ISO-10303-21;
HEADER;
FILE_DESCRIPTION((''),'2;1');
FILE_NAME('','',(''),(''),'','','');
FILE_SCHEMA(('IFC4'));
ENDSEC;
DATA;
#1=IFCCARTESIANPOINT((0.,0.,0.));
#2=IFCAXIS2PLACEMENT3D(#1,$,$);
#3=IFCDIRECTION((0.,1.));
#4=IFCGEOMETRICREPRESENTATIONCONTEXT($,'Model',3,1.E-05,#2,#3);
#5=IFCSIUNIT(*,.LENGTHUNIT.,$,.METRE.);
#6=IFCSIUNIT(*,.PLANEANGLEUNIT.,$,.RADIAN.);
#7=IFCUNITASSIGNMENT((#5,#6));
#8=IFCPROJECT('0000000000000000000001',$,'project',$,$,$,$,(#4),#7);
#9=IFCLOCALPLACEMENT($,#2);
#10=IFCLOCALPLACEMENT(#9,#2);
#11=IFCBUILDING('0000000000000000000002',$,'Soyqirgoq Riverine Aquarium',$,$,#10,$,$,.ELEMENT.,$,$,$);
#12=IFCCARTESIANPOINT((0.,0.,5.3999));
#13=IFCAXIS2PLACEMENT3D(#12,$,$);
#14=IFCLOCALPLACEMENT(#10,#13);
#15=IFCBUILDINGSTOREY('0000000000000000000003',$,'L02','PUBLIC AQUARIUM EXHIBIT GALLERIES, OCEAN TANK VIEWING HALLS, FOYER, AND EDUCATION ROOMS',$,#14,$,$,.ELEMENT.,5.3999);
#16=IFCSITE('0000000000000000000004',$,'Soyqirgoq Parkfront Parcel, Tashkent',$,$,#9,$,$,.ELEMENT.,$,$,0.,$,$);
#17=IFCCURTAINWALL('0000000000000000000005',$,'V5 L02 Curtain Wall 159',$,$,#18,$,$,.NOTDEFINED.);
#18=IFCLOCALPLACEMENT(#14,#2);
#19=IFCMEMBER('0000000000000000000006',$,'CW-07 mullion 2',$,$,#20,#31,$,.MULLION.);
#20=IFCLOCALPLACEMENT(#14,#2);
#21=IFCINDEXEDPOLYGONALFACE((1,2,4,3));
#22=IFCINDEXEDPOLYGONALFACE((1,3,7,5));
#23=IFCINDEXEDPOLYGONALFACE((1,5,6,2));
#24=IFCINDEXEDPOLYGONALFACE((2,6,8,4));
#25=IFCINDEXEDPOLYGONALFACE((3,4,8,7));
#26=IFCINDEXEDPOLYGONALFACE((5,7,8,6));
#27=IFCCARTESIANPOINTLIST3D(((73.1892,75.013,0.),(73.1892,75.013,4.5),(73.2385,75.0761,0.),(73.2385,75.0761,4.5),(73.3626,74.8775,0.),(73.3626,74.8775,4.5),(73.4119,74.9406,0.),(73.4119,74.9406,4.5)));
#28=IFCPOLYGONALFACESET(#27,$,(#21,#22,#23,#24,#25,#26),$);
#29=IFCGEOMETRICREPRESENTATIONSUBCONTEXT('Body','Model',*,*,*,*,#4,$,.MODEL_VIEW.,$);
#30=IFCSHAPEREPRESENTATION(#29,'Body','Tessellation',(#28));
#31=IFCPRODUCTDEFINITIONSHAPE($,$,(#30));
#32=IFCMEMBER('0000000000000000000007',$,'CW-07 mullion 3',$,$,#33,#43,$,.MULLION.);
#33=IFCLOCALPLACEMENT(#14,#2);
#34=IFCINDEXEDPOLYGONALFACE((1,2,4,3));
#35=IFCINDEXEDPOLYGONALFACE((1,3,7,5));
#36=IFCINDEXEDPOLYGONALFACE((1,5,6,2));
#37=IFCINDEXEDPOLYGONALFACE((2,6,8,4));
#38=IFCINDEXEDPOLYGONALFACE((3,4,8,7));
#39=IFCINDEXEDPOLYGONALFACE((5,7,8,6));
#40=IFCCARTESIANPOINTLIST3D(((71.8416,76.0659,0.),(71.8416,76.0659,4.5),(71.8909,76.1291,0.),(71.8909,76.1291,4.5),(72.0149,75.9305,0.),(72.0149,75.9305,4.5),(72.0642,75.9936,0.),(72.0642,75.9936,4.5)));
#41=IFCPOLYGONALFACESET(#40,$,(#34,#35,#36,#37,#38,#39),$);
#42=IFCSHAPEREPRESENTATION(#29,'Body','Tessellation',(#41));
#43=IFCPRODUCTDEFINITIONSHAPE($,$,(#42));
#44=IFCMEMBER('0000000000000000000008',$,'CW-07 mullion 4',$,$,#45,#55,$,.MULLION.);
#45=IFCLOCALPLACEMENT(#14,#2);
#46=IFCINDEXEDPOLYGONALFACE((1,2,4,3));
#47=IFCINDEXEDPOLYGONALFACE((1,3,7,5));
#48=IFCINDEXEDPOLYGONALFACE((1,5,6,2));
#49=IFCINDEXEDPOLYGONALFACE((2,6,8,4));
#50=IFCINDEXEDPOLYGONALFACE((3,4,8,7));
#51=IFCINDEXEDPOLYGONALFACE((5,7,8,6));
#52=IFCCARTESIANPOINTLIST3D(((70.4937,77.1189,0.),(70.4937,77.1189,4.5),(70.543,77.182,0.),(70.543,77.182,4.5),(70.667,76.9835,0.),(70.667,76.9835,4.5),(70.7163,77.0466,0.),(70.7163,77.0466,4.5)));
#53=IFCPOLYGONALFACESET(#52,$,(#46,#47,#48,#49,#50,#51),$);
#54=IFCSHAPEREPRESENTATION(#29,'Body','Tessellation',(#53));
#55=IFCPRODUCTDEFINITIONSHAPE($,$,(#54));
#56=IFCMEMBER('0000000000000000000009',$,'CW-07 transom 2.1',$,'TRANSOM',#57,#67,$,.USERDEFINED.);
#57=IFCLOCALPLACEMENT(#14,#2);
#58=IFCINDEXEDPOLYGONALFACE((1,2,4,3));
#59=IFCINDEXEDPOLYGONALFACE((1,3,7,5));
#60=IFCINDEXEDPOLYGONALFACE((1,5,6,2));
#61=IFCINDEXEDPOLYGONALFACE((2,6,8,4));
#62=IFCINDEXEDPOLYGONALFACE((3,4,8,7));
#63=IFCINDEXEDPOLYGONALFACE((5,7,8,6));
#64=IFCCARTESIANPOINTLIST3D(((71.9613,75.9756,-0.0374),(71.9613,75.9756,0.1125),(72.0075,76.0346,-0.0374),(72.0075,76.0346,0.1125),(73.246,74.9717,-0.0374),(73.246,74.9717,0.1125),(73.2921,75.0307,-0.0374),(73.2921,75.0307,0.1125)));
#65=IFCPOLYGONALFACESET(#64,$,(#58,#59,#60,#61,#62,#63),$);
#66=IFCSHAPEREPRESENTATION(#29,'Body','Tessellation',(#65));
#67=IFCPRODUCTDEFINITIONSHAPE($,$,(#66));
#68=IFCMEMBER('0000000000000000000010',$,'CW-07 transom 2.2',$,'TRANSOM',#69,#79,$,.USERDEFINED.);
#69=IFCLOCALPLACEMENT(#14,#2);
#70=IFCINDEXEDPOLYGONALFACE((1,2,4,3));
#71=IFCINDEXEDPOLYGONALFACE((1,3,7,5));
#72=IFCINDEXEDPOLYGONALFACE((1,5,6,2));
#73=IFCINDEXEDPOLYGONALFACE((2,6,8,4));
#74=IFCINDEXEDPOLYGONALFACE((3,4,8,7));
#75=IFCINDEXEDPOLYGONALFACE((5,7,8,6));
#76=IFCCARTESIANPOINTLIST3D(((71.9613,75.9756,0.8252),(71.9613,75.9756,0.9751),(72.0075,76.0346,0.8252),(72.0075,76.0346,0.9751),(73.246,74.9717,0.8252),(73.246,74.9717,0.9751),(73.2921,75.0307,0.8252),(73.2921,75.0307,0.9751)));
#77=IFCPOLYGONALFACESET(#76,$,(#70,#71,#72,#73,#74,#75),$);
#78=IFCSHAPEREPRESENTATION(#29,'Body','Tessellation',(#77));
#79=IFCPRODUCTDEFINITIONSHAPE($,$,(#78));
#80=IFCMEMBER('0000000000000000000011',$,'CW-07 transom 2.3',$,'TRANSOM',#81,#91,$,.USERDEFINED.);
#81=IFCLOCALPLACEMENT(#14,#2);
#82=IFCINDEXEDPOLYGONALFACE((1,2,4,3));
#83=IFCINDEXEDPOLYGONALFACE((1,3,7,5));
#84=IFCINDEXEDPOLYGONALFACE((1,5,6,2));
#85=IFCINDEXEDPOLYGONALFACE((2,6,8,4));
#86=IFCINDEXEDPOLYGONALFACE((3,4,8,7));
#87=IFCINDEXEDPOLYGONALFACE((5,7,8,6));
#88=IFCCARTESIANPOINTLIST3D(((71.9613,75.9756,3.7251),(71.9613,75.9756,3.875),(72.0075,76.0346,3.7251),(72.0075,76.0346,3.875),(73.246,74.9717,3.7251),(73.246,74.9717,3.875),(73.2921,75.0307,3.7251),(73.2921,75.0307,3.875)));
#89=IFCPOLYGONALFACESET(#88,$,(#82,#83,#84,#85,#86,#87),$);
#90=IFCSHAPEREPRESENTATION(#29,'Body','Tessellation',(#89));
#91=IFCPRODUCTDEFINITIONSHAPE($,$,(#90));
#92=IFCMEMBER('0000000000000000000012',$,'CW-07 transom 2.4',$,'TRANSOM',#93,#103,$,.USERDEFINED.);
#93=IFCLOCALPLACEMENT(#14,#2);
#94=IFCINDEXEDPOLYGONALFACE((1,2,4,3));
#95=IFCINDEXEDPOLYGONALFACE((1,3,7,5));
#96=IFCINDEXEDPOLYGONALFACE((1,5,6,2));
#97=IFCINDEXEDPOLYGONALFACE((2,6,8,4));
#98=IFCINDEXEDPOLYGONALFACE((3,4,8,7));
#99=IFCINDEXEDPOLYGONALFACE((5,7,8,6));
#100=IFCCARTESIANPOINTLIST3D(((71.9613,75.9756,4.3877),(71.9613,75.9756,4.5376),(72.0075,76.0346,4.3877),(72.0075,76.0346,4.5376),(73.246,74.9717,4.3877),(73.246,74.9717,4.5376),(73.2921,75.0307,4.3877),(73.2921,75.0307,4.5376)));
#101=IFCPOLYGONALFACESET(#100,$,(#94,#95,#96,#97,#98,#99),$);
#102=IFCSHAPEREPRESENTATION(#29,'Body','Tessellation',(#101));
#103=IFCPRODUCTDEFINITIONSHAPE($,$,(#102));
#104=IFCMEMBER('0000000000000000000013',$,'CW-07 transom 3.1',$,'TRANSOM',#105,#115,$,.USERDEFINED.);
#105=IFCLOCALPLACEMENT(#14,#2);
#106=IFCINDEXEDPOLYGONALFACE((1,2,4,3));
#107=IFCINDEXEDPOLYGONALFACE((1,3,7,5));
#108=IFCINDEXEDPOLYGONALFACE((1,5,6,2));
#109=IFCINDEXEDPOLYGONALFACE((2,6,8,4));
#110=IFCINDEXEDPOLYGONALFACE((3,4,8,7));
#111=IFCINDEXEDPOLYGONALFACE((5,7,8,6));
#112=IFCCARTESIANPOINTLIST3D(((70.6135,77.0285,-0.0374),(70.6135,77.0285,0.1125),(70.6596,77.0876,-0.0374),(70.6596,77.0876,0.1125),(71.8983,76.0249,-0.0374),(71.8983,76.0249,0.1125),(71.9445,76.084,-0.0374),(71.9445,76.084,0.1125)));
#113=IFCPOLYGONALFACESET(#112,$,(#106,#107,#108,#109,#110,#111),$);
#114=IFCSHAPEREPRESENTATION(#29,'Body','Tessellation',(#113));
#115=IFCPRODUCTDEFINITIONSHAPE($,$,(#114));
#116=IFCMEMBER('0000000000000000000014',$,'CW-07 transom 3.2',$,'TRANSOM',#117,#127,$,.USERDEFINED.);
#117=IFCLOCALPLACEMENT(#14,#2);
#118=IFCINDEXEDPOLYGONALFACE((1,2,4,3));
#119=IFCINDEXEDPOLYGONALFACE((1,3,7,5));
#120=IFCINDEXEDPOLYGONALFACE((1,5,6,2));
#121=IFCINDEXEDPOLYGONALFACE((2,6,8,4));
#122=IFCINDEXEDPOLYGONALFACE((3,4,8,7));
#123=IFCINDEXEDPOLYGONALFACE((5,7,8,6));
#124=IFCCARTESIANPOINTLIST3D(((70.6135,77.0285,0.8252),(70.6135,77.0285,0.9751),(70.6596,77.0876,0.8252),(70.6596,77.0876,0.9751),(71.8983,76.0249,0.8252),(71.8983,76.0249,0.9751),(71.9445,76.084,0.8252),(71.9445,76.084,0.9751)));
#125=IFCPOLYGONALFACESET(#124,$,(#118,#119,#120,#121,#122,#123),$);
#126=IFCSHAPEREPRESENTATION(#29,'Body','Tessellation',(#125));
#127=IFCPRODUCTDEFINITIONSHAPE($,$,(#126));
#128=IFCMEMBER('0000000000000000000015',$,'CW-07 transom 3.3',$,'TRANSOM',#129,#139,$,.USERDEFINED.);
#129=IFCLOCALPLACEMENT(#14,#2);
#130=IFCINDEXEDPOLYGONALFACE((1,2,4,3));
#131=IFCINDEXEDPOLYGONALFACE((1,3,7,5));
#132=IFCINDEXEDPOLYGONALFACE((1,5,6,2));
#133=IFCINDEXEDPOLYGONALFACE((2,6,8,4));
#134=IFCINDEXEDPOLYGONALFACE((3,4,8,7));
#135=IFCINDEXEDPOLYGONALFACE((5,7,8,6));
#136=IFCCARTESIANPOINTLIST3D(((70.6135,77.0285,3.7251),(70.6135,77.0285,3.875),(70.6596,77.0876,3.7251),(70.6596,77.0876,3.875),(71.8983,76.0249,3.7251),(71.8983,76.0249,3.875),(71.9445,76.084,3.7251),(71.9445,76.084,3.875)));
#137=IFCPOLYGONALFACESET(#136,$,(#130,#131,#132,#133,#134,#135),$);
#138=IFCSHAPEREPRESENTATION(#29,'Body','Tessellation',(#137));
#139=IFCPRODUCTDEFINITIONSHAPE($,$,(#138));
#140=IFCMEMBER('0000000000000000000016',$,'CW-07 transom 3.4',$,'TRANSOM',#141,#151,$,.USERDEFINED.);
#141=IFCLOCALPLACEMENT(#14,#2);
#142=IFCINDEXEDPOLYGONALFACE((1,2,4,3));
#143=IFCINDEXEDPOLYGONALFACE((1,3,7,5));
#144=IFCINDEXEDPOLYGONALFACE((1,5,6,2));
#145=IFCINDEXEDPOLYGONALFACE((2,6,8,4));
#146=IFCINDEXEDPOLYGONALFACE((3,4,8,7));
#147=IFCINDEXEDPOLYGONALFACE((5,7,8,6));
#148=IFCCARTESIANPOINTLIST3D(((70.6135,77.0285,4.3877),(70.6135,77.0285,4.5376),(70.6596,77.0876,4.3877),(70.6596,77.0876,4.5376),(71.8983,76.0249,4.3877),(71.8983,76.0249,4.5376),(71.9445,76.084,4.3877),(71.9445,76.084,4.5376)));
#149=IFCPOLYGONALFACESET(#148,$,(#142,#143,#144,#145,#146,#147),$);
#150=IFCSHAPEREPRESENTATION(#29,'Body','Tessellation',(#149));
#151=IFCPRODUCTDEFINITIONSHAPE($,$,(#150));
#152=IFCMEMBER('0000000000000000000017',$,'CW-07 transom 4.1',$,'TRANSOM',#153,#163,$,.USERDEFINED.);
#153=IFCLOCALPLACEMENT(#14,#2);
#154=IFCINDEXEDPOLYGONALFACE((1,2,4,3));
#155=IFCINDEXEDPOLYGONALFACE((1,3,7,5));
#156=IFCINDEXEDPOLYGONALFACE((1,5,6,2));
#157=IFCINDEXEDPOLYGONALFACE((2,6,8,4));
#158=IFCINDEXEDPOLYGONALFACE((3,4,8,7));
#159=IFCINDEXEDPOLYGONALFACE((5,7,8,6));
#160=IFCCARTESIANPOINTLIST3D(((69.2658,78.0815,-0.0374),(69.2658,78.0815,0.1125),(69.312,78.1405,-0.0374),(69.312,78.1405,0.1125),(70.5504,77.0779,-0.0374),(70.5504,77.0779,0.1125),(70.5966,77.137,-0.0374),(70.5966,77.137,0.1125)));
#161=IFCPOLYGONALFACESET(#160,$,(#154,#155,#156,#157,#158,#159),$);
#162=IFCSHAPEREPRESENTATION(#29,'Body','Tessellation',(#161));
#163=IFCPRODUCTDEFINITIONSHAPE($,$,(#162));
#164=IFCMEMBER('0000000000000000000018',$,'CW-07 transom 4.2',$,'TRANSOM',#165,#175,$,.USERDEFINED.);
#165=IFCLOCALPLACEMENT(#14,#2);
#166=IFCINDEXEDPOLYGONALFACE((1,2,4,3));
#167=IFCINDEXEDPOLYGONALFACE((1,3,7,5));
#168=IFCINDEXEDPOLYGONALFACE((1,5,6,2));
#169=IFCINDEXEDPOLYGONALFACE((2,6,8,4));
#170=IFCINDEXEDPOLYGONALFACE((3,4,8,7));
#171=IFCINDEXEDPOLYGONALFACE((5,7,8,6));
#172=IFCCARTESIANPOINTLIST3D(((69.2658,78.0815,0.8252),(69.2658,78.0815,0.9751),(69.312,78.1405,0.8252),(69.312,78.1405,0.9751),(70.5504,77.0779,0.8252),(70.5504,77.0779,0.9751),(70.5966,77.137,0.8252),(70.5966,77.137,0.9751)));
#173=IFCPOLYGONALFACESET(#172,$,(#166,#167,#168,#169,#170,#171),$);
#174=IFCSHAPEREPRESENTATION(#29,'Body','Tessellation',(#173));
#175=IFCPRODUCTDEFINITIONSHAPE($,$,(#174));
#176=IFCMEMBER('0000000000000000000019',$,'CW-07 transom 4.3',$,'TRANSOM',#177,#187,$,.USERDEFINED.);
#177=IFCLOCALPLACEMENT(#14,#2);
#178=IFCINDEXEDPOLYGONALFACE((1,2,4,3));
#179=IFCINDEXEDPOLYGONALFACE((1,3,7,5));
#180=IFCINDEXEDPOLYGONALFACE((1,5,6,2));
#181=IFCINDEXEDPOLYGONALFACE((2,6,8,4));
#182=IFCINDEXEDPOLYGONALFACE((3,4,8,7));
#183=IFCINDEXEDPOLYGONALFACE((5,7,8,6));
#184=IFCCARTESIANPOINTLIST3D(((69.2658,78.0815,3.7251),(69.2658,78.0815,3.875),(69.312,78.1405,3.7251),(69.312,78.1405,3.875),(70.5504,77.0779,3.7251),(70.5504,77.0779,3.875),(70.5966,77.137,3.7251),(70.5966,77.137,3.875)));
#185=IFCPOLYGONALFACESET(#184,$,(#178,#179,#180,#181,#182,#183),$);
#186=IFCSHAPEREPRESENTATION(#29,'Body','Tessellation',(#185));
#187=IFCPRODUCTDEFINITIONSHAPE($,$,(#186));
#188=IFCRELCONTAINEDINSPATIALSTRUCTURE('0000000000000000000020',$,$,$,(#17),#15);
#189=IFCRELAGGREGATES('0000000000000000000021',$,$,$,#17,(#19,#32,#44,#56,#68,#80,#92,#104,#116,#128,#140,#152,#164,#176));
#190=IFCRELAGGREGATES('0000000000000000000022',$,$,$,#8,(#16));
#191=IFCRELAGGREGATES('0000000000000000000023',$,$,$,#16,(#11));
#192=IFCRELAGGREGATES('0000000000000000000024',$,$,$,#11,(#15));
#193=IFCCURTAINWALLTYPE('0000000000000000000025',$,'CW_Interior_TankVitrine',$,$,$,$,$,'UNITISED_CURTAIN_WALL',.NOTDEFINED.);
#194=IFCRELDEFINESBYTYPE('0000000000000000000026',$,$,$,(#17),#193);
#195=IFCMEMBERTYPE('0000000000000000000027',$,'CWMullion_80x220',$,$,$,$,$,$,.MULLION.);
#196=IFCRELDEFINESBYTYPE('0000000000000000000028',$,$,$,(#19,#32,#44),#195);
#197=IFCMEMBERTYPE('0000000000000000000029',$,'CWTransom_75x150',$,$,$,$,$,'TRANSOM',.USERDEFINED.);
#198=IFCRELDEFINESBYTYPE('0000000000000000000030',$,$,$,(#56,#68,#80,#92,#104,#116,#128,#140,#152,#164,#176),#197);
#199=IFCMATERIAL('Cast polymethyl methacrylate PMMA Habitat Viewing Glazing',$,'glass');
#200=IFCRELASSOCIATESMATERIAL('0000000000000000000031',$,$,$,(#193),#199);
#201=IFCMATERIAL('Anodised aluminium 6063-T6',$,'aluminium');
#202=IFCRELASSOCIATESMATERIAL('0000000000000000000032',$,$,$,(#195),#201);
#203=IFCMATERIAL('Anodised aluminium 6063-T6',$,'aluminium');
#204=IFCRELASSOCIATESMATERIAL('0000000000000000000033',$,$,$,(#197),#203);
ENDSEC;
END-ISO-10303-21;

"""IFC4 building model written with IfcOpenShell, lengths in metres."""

from ifc_helpers import new_model, si_unit, direction, frame, origin, origin_2d, place, context, subcontext, project, spatial, rectangle, extrude, material, material_profile, profile_set, type_object, element, aggregate, save


model = new_model("IFC4")

# Units and contexts
model_context = context("Model", 3, precision=1e-05, world=origin(), true_north=direction((0.0, 1.0)))
body_context = subcontext(model_context, "Body", "Model", "MODEL_VIEW")
ifc_project = project(units=[si_unit("LENGTHUNIT", "METRE"), si_unit("PLANEANGLEUNIT", "RADIAN")], contexts=[model_context])

# Site, building, storey
site_placement = place(None, origin())
site = spatial("IfcSite", under=ifc_project, at=site_placement, Name="Soyqirgoq Parkfront Parcel, Tashkent", CompositionType="ELEMENT", RefElevation=0.0)
building_placement = place(site_placement, origin())
building = spatial("IfcBuilding", under=site, at=building_placement, Name="Soyqirgoq Riverine Aquarium", CompositionType="ELEMENT")
storey_placement = place(building_placement, frame((0.0, 0.0, 5.3999)))
storey = spatial("IfcBuildingStorey", under=building, at=storey_placement, Name="L02", Description="PUBLIC AQUARIUM EXHIBIT GALLERIES, OCEAN TANK VIEWING HALLS, FOYER, AND EDUCATION ROOMS", CompositionType="ELEMENT", Elevation=5.3999)

# Curtain wall, members
ifc_material_1 = material(Name="Cast polymethyl methacrylate PMMA Habitat Viewing Glazing", Category="glass")
curtain_wall_type = type_object("IfcCurtainWallType", Name="CW_Interior_TankVitrine", ElementType="UNITISED_CURTAIN_WALL", PredefinedType="NOTDEFINED", material=ifc_material_1)
curtain_wall_placement = place(storey_placement, origin())
curtain_wall = element("IfcCurtainWall", 1, at=curtain_wall_placement, inside=storey, type_object=curtain_wall_type, Name="V5 L02 Curtain Wall 159", PredefinedType="NOTDEFINED")
ifc_material_2 = material(Name="Anodised aluminium 6063-T6", Category="aluminium")
ifc_material_profile_1 = material_profile(ifc_material_2, rectangle(XDim=0.0801, YDim=0.22, at=origin_2d()), Name="ALU-M 80x220")
ifc_profile_set_1 = profile_set([ifc_material_profile_1], Name="Anodised aluminium 6063-T6")
member_type_1 = type_object("IfcMemberType", Name="CWMullion_80x220", PredefinedType="MULLION", material=ifc_profile_set_1)
member_1_placement = place(storey_placement, frame((73.3005, 74.9768, 0.0), z_axis=(0.0, 0.0, 1.0), x_axis=(-0.615661, -0.788011, 0.0)))
member_1 = element("IfcMember", 2, at=member_1_placement, type_object=member_type_1, Name="CW-07 mullion 2", PredefinedType="MULLION", context=body_context, shape_type="SweptSolid", body=[
    extrude(rectangle(XDim=0.0801, YDim=0.22, at=origin_2d()), origin(), (0.0, 0.0, 1.0), 4.5),
])
member_2_placement = place(storey_placement, frame((71.9529, 76.0298, 0.0), z_axis=(0.0, 0.0, 1.0), x_axis=(-0.615661, -0.788011, 0.0)))
member_2 = element("IfcMember", 3, at=member_2_placement, type_object=member_type_1, Name="CW-07 mullion 3", PredefinedType="MULLION", context=body_context, shape_type="SweptSolid", body=[
    extrude(rectangle(XDim=0.0801, YDim=0.22, at=origin_2d()), origin(), (0.0, 0.0, 1.0), 4.5),
])
member_3_placement = place(storey_placement, frame((70.605, 77.0828, 0.0), z_axis=(0.0, 0.0, 1.0), x_axis=(-0.615661, -0.788011, 0.0)))
member_3 = element("IfcMember", 4, at=member_3_placement, type_object=member_type_1, Name="CW-07 mullion 4", PredefinedType="MULLION", context=body_context, shape_type="SweptSolid", body=[
    extrude(rectangle(XDim=0.0801, YDim=0.22, at=origin_2d()), origin(), (0.0, 0.0, 1.0), 4.5),
])
ifc_material_3 = material(Name="Anodised aluminium 6063-T6", Category="aluminium")
ifc_material_profile_2 = material_profile(ifc_material_3, rectangle(XDim=0.075, YDim=0.1499, at=origin_2d()), Name="ALU-T 75x150")
ifc_profile_set_2 = profile_set([ifc_material_profile_2], Name="Anodised aluminium 6063-T6")
member_type_2 = type_object("IfcMemberType", Name="CWTransom_75x150", ElementType="TRANSOM", PredefinedType="USERDEFINED", material=ifc_profile_set_2)
member_4_placement = place(storey_placement, frame((73.269, 75.0012, 0.0376), z_axis=(-0.787947, 0.615743, 0.0), x_axis=(-0.615743, -0.787947, 0.0)))
member_4 = element("IfcMember", 5, at=member_4_placement, type_object=member_type_2, Name="CW-07 transom 2.1", ObjectType="TRANSOM", PredefinedType="USERDEFINED", context=body_context, shape_type="SweptSolid", body=[
    extrude(rectangle(XDim=0.075, YDim=0.1499, at=origin_2d()), origin(), (0.0, 0.0, 1.0), 1.6304),
])
member_5_placement = place(storey_placement, frame((73.269, 75.0012, 0.9001), z_axis=(-0.787947, 0.615743, 0.0), x_axis=(-0.615743, -0.787947, 0.0)))
member_5 = element("IfcMember", 6, at=member_5_placement, type_object=member_type_2, Name="CW-07 transom 2.2", ObjectType="TRANSOM", PredefinedType="USERDEFINED", context=body_context, shape_type="SweptSolid", body=[
    extrude(rectangle(XDim=0.075, YDim=0.1499, at=origin_2d()), origin(), (0.0, 0.0, 1.0), 1.6304),
])
member_6_placement = place(storey_placement, frame((73.269, 75.0012, 3.8), z_axis=(-0.787947, 0.615743, 0.0), x_axis=(-0.615743, -0.787947, 0.0)))
member_6 = element("IfcMember", 7, at=member_6_placement, type_object=member_type_2, Name="CW-07 transom 2.3", ObjectType="TRANSOM", PredefinedType="USERDEFINED", context=body_context, shape_type="SweptSolid", body=[
    extrude(rectangle(XDim=0.075, YDim=0.1499, at=origin_2d()), origin(), (0.0, 0.0, 1.0), 1.6304),
])
member_7_placement = place(storey_placement, frame((73.269, 75.0012, 4.4626), z_axis=(-0.787947, 0.615743, 0.0), x_axis=(-0.615743, -0.787947, 0.0)))
member_7 = element("IfcMember", 8, at=member_7_placement, type_object=member_type_2, Name="CW-07 transom 2.4", ObjectType="TRANSOM", PredefinedType="USERDEFINED", context=body_context, shape_type="SweptSolid", body=[
    extrude(rectangle(XDim=0.075, YDim=0.1499, at=origin_2d()), origin(), (0.0, 0.0, 1.0), 1.6304),
])
member_8_placement = place(storey_placement, frame((71.9214, 76.0544, 0.0376), z_axis=(-0.788077, 0.615577, 0.0), x_axis=(-0.615577, -0.788077, 0.0)))
member_8 = element("IfcMember", 9, at=member_8_placement, type_object=member_type_2, Name="CW-07 transom 3.1", ObjectType="TRANSOM", PredefinedType="USERDEFINED", context=body_context, shape_type="SweptSolid", body=[
    extrude(rectangle(XDim=0.075, YDim=0.1499, at=origin_2d()), origin(), (0.0, 0.0, 1.0), 1.6304),
])
member_9_placement = place(storey_placement, frame((71.9214, 76.0544, 0.9001), z_axis=(-0.788077, 0.615577, 0.0), x_axis=(-0.615577, -0.788077, 0.0)))
member_9 = element("IfcMember", 10, at=member_9_placement, type_object=member_type_2, Name="CW-07 transom 3.2", ObjectType="TRANSOM", PredefinedType="USERDEFINED", context=body_context, shape_type="SweptSolid", body=[
    extrude(rectangle(XDim=0.075, YDim=0.1499, at=origin_2d()), origin(), (0.0, 0.0, 1.0), 1.6304),
])
member_10_placement = place(storey_placement, frame((71.9214, 76.0544, 3.8), z_axis=(-0.788077, 0.615577, 0.0), x_axis=(-0.615577, -0.788077, 0.0)))
member_10 = element("IfcMember", 11, at=member_10_placement, type_object=member_type_2, Name="CW-07 transom 3.3", ObjectType="TRANSOM", PredefinedType="USERDEFINED", context=body_context, shape_type="SweptSolid", body=[
    extrude(rectangle(XDim=0.075, YDim=0.1499, at=origin_2d()), origin(), (0.0, 0.0, 1.0), 1.6304),
])
member_11_placement = place(storey_placement, frame((71.9214, 76.0544, 4.4626), z_axis=(-0.788077, 0.615577, 0.0), x_axis=(-0.615577, -0.788077, 0.0)))
member_11 = element("IfcMember", 12, at=member_11_placement, type_object=member_type_2, Name="CW-07 transom 3.4", ObjectType="TRANSOM", PredefinedType="USERDEFINED", context=body_context, shape_type="SweptSolid", body=[
    extrude(rectangle(XDim=0.075, YDim=0.1499, at=origin_2d()), origin(), (0.0, 0.0, 1.0), 1.6304),
])
member_12_placement = place(storey_placement, frame((70.5735, 77.1074, 0.0376), z_axis=(-0.78802, 0.61565, 0.0), x_axis=(-0.61565, -0.78802, 0.0)))
member_12 = element("IfcMember", 13, at=member_12_placement, type_object=member_type_2, Name="CW-07 transom 4.1", ObjectType="TRANSOM", PredefinedType="USERDEFINED", context=body_context, shape_type="SweptSolid", body=[
    extrude(rectangle(XDim=0.075, YDim=0.1499, at=origin_2d()), origin(), (0.0, 0.0, 1.0), 1.6301),
])
member_13_placement = place(storey_placement, frame((70.5735, 77.1074, 0.9001), z_axis=(-0.78802, 0.61565, 0.0), x_axis=(-0.61565, -0.78802, 0.0)))
member_13 = element("IfcMember", 14, at=member_13_placement, type_object=member_type_2, Name="CW-07 transom 4.2", ObjectType="TRANSOM", PredefinedType="USERDEFINED", context=body_context, shape_type="SweptSolid", body=[
    extrude(rectangle(XDim=0.075, YDim=0.1499, at=origin_2d()), origin(), (0.0, 0.0, 1.0), 1.6301),
])
member_14_placement = place(storey_placement, frame((70.5735, 77.1074, 3.8), z_axis=(-0.78802, 0.61565, 0.0), x_axis=(-0.61565, -0.78802, 0.0)))
member_14 = element("IfcMember", 15, at=member_14_placement, type_object=member_type_2, Name="CW-07 transom 4.3", ObjectType="TRANSOM", PredefinedType="USERDEFINED", context=body_context, shape_type="SweptSolid", body=[
    extrude(rectangle(XDim=0.075, YDim=0.1499, at=origin_2d()), origin(), (0.0, 0.0, 1.0), 1.6301),
])
aggregate(curtain_wall, [member_1, member_2, member_3, member_4, member_5, member_6, member_7, member_8, member_9, member_10, member_11, member_12, member_13, member_14])

save(model, "model.ifc")
